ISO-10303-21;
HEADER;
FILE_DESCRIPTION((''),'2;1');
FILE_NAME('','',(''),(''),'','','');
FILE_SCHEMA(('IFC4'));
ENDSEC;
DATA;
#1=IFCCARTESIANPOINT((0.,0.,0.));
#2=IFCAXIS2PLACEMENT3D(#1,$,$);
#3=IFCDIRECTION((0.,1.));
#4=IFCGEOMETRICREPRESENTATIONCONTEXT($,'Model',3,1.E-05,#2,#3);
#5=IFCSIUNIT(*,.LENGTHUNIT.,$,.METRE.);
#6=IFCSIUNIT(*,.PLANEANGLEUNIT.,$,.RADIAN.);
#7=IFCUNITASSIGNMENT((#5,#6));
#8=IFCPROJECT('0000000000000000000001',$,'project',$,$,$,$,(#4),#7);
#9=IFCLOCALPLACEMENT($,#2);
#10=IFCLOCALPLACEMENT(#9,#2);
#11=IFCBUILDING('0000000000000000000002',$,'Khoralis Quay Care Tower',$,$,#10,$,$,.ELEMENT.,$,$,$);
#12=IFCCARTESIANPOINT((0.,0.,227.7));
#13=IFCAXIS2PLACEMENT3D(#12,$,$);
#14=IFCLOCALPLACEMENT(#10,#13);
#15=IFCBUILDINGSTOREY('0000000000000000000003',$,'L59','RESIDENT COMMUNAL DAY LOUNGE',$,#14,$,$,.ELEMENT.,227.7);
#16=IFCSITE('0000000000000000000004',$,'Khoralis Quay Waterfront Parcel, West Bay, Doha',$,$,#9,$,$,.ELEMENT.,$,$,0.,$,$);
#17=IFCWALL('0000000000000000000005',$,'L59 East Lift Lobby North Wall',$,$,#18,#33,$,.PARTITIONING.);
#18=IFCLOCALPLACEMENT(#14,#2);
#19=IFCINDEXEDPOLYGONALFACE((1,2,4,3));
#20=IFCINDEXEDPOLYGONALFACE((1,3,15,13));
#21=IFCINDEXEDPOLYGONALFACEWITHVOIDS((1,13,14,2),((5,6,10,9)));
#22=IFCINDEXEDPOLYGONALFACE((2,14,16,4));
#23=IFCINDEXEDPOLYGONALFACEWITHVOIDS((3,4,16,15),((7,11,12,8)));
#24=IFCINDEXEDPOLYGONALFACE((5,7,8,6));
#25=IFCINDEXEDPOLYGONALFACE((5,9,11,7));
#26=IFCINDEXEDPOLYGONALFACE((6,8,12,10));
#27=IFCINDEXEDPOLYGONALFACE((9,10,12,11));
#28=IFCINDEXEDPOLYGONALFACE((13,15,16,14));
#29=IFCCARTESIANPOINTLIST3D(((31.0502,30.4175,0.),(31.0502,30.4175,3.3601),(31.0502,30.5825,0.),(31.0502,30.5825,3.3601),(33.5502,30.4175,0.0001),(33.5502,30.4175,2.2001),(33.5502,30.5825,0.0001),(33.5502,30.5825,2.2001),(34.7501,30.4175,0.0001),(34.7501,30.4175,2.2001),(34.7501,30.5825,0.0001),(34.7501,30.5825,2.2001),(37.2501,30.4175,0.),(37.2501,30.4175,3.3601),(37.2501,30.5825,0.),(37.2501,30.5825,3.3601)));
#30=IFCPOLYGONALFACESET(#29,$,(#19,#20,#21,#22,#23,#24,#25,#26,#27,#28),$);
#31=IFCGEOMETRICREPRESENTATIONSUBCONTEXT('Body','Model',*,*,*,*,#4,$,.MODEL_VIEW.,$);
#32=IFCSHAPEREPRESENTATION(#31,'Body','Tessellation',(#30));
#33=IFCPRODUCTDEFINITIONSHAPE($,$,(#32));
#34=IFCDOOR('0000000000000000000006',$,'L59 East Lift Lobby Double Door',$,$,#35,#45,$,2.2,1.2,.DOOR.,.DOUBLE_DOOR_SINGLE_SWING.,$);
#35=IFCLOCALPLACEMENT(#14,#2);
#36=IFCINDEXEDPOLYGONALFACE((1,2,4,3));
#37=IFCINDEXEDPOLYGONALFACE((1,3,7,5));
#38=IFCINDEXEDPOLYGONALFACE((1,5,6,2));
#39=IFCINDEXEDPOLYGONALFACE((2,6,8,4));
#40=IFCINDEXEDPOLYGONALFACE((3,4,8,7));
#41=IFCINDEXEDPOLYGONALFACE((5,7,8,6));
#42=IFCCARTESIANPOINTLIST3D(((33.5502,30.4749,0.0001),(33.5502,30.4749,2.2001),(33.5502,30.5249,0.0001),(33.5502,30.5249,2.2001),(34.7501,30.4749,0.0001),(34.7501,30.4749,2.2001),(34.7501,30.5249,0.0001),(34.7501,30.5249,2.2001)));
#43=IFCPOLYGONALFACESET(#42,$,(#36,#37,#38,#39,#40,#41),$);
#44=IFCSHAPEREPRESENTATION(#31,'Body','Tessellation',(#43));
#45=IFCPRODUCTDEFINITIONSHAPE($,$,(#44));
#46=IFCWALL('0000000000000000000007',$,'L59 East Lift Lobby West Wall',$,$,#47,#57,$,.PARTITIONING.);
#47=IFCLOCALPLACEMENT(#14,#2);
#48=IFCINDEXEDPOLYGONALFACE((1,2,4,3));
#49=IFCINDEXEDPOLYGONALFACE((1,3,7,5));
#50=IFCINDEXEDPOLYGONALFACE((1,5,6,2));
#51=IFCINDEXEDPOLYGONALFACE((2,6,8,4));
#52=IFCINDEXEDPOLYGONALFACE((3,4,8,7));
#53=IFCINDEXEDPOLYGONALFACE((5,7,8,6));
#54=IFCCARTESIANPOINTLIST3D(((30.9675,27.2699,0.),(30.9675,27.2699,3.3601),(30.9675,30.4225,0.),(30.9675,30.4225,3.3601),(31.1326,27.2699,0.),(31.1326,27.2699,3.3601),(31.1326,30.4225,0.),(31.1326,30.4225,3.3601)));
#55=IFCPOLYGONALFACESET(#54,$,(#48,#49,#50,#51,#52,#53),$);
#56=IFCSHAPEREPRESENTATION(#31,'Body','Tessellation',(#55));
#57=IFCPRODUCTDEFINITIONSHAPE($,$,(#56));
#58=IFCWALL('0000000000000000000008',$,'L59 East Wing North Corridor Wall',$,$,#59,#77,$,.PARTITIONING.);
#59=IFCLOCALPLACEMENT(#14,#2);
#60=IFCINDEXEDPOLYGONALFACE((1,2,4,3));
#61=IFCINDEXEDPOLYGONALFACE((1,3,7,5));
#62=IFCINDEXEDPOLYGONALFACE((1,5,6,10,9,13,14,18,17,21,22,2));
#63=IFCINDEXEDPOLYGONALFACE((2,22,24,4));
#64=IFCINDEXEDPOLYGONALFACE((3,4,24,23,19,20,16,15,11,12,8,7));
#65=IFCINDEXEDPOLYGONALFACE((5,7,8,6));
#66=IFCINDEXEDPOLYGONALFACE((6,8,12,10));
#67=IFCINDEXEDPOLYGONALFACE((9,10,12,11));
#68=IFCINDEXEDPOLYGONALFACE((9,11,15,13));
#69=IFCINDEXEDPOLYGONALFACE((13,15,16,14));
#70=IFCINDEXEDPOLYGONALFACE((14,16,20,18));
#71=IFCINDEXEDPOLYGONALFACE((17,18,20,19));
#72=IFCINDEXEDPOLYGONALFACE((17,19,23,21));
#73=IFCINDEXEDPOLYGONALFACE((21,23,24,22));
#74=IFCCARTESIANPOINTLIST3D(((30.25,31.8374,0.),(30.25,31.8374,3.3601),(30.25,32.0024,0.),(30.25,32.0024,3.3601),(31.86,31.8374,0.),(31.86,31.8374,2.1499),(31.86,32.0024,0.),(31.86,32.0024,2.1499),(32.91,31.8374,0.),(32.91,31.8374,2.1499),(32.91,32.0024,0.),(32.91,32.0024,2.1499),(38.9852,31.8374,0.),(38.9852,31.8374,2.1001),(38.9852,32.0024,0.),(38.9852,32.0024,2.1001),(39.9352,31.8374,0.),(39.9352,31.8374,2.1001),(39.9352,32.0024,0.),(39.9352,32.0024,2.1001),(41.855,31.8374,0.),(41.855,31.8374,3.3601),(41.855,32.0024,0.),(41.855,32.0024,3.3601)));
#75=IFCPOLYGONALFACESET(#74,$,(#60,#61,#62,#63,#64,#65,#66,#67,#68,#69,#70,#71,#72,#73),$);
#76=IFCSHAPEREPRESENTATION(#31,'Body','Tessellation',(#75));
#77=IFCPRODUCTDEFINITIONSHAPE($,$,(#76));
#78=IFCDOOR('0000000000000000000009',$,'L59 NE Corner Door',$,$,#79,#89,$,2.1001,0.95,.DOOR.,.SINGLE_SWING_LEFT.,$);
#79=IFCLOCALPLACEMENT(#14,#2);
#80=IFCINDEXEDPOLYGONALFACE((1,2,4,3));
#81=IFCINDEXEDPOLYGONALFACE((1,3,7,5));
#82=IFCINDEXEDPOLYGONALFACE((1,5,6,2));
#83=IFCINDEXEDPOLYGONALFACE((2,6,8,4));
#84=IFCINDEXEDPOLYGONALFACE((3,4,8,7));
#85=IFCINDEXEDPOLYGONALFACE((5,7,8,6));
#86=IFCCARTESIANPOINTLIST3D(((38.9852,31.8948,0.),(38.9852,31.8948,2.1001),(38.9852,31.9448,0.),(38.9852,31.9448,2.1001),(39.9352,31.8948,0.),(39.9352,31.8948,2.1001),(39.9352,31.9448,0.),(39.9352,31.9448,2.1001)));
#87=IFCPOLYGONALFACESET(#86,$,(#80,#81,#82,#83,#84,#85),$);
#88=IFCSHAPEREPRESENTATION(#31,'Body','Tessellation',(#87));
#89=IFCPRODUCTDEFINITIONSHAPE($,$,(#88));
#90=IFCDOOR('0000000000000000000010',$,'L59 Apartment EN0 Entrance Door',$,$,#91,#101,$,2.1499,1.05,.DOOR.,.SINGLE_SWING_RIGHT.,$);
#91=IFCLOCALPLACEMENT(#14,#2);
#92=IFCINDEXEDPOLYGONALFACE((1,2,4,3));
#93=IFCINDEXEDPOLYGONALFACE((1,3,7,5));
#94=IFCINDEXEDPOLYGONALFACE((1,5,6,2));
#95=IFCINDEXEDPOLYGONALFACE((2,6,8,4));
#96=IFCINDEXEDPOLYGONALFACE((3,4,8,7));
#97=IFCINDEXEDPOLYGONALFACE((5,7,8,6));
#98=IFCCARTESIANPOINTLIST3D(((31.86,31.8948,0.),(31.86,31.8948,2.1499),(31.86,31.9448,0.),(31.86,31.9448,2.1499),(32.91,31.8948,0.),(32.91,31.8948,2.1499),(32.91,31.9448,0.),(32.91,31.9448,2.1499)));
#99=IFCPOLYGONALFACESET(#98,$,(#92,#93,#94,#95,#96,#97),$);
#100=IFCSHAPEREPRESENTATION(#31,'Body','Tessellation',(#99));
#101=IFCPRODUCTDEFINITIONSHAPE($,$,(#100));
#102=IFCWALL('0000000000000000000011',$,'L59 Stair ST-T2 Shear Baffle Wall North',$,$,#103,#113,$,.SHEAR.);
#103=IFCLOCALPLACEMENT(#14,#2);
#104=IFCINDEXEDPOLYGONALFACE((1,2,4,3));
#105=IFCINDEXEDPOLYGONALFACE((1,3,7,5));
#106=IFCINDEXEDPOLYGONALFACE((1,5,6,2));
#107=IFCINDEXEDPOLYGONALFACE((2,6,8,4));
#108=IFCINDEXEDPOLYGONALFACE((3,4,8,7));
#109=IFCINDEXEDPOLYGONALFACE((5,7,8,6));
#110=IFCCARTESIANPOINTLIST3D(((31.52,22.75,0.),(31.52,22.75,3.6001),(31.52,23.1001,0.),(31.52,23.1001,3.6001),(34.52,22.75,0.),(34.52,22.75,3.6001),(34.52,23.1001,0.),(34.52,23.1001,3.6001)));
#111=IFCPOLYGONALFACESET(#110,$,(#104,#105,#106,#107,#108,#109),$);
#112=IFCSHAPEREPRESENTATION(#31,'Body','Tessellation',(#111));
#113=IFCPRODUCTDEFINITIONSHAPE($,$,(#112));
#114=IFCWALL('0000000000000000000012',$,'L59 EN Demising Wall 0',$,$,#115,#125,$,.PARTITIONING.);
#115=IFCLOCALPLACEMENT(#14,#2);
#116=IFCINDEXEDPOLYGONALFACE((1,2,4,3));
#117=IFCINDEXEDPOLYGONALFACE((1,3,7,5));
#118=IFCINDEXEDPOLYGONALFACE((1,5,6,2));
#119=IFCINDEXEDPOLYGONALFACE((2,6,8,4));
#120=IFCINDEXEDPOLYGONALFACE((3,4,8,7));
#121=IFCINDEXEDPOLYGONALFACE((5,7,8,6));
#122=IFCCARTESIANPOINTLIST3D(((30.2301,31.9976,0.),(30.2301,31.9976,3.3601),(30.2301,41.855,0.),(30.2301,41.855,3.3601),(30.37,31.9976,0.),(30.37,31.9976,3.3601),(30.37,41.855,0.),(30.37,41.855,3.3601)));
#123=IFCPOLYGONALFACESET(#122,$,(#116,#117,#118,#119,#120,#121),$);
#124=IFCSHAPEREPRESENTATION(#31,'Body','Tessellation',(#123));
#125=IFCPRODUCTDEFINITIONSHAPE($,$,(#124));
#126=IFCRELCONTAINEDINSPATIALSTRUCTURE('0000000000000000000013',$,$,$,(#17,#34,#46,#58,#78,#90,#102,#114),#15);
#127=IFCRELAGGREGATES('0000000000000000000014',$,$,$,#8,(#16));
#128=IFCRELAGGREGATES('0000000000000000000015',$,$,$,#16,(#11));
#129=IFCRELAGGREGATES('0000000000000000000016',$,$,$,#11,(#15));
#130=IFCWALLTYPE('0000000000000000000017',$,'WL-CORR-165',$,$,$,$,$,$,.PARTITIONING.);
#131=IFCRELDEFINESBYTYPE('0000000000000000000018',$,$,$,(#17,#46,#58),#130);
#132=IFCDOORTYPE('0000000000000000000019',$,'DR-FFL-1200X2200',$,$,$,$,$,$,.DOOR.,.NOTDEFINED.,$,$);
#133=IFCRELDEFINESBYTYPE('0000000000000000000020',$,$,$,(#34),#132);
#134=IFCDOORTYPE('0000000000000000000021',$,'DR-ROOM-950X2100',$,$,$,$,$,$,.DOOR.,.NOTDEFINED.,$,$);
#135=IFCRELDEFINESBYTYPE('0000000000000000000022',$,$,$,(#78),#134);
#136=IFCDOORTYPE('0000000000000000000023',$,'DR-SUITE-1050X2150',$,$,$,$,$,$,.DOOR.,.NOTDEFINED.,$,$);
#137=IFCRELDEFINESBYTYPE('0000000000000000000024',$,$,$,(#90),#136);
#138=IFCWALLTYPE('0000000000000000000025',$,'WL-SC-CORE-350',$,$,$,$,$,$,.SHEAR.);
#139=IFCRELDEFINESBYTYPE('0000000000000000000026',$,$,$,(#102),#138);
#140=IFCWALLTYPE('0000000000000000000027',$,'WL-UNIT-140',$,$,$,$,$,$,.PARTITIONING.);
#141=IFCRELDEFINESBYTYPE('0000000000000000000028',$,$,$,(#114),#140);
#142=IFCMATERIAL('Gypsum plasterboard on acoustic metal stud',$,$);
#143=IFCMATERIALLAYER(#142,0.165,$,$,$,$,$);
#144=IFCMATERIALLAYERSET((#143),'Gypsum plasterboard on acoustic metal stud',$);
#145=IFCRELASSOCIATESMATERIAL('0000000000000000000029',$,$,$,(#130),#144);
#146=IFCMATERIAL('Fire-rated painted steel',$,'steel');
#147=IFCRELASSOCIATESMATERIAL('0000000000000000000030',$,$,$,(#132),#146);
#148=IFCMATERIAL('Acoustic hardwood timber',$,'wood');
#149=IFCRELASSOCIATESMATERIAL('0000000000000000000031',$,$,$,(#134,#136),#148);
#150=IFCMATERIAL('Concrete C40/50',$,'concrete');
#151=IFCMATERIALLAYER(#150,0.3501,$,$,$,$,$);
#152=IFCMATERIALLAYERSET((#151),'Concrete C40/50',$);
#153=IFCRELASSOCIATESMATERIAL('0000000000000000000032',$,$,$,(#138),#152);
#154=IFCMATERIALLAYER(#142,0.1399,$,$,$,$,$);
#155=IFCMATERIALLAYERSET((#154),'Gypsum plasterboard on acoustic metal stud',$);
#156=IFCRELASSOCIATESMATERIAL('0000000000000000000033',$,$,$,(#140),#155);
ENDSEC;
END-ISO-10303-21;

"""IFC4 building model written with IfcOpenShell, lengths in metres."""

from ifc_helpers import new_model, si_unit, direction, frame, frame_2d, origin, place, context, subcontext, project, spatial, rectangle, extrude, source, transform, mapped, material, layer, layer_set, type_object, element, fill, save


model = new_model("IFC4")

# Units and contexts
model_context = context("Model", 3, precision=1e-05, world=origin(), true_north=direction((0.0, 1.0)))
body_context = subcontext(model_context, "Body", "Model", "MODEL_VIEW")
ifc_project = project(units=[si_unit("LENGTHUNIT", "METRE"), si_unit("PLANEANGLEUNIT", "RADIAN")], contexts=[model_context])

# Site, building, storey
site_placement = place(None, origin())
site = spatial("IfcSite", under=ifc_project, at=site_placement, Name="Khoralis Quay Waterfront Parcel, West Bay, Doha", CompositionType="ELEMENT", RefElevation=0.0)
building_placement = place(site_placement, origin())
building = spatial("IfcBuilding", under=site, at=building_placement, Name="Khoralis Quay Care Tower", CompositionType="ELEMENT")
storey_placement = place(building_placement, frame((0.0, 0.0, 227.7)))
storey = spatial("IfcBuildingStorey", under=building, at=storey_placement, Name="L59", Description="RESIDENT COMMUNAL DAY LOUNGE", CompositionType="ELEMENT", Elevation=227.7)

# Wall, opening, door
ifc_material_1 = material(Name="Gypsum plasterboard on acoustic metal stud")
ifc_layer_1 = layer(ifc_material_1, 0.165)
ifc_layer_set_1 = layer_set([ifc_layer_1], Name="Gypsum plasterboard on acoustic metal stud")
wall_type_1 = type_object("IfcWallType", Name="WL-CORR-165", PredefinedType="PARTITIONING", material=ifc_layer_set_1)
wall_1_placement = place(storey_placement, frame((31.05, 30.5, 0.0), z_axis=(0.0, 0.0, 1.0), x_axis=(1.0, 0.0, 0.0)))
wall_1 = element("IfcWall", 1, at=wall_1_placement, inside=storey, type_object=wall_type_1, Name="L59 East Lift Lobby North Wall", PredefinedType="PARTITIONING", context=body_context, shape_type="SweptSolid", body=[
    extrude(rectangle(XDim=6.2, YDim=0.165, at=frame_2d((3.1001, 0.0))), origin(), (0.0, 0.0, 1.0), 3.3601),
])
opening_1_placement = place(wall_1_placement, frame((2.5, 0.0, 0.0)))
opening_1 = element("IfcOpeningElement", 2, at=opening_1_placement, cuts=wall_1, PredefinedType="OPENING", context=body_context, shape_type="SweptSolid", body=[
    extrude(rectangle(XDim=1.2, YDim=2.2, at=frame_2d((0.6001, 1.1001))), frame((0.0, 0.0925, 0.0), z_axis=(0.0, -1.0, 0.0), x_axis=(1.0, 0.0, 0.0)), (0.0, 0.0, 1.0), 0.1851),
])
ifc_material_2 = material(Name="Fire-rated painted steel", Category="steel")
door_type_1 = type_object("IfcDoorType", Name="DR-FFL-1200X2200", OperationType="NOTDEFINED", PredefinedType="DOOR", material=ifc_material_2)
shared_shape_1 = source(origin(), body_context, "Body", "SweptSolid", [
    extrude(rectangle(XDim=1.2, YDim=2.2, at=frame_2d((0.6001, 1.1001))), frame((0.0, 0.0249, 0.0), z_axis=(0.0, -1.0, 0.0), x_axis=(1.0, 0.0, 0.0)), (0.0, 0.0, 1.0), 0.05),
])
door_1_placement = place(opening_1_placement, origin())
door_1 = element("IfcDoor", 3, at=door_1_placement, inside=storey, type_object=door_type_1, Name="L59 East Lift Lobby Double Door", OperationType="DOUBLE_DOOR_SINGLE_SWING", OverallHeight=2.2, OverallWidth=1.2, PredefinedType="DOOR", context=body_context, shape_type="MappedRepresentation", body=[
    mapped(shared_shape_1, transform((0.0, 0.0, 0.0), scale=1.0)),
])
fill(opening_1, door_1)

# Wall
wall_2_placement = place(storey_placement, frame((31.05, 27.27, 0.0), z_axis=(0.0, 0.0, 1.0), x_axis=(0.0, 1.0, 0.0)))
element("IfcWall", 4, at=wall_2_placement, inside=storey, type_object=wall_type_1, Name="L59 East Lift Lobby West Wall", PredefinedType="PARTITIONING", context=body_context, shape_type="SweptSolid", body=[
    extrude(rectangle(XDim=3.1526, YDim=0.165, at=frame_2d((1.5762, 0.0))), origin(), (0.0, 0.0, 1.0), 3.3601),
])

# Wall, openings, doors
wall_3_placement = place(storey_placement, frame((30.25, 31.9199, 0.0), z_axis=(0.0, 0.0, 1.0), x_axis=(1.0, 0.0, 0.0)))
wall_3 = element("IfcWall", 5, at=wall_3_placement, inside=storey, type_object=wall_type_1, Name="L59 East Wing North Corridor Wall", PredefinedType="PARTITIONING", context=body_context, shape_type="SweptSolid", body=[
    extrude(rectangle(XDim=11.605, YDim=0.165, at=frame_2d((5.8025, 0.0))), origin(), (0.0, 0.0, 1.0), 3.3601),
])
opening_2_placement = place(wall_3_placement, frame((1.6101, 0.0, 0.0)))
opening_2 = element("IfcOpeningElement", 6, at=opening_2_placement, cuts=wall_3, PredefinedType="OPENING", context=body_context, shape_type="SweptSolid", body=[
    extrude(rectangle(XDim=1.05, YDim=2.1499, at=frame_2d((0.5249, 1.075))), frame((0.0, 0.0925, 0.0), z_axis=(0.0, -1.0, 0.0), x_axis=(1.0, 0.0, 0.0)), (0.0, 0.0, 1.0), 0.1851),
])
opening_3_placement = place(wall_3_placement, frame((8.7351, 0.0, 0.0)))
opening_3 = element("IfcOpeningElement", 7, at=opening_3_placement, cuts=wall_3, PredefinedType="OPENING", context=body_context, shape_type="SweptSolid", body=[
    extrude(rectangle(XDim=0.95, YDim=2.1001, at=frame_2d((0.4751, 1.05))), frame((0.0, 0.0925, 0.0), z_axis=(0.0, -1.0, 0.0), x_axis=(1.0, 0.0, 0.0)), (0.0, 0.0, 1.0), 0.1851),
])
ifc_material_3 = material(Name="Acoustic hardwood timber", Category="wood")
door_type_2 = type_object("IfcDoorType", Name="DR-ROOM-950X2100", OperationType="NOTDEFINED", PredefinedType="DOOR", material=ifc_material_3)
shared_shape_2 = source(origin(), body_context, "Body", "SweptSolid", [
    extrude(rectangle(XDim=0.95, YDim=2.1001, at=frame_2d((0.4751, 1.05))), frame((0.0, 0.0249, 0.0), z_axis=(0.0, -1.0, 0.0), x_axis=(1.0, 0.0, 0.0)), (0.0, 0.0, 1.0), 0.05),
])
door_2_placement = place(opening_3_placement, origin())
door_2 = element("IfcDoor", 8, at=door_2_placement, inside=storey, type_object=door_type_2, Name="L59 NE Corner Door", OperationType="SINGLE_SWING_LEFT", OverallHeight=2.1001, OverallWidth=0.95, PredefinedType="DOOR", context=body_context, shape_type="MappedRepresentation", body=[
    mapped(shared_shape_2, transform((0.0, 0.0, 0.0), scale=1.0)),
])
fill(opening_3, door_2)
door_type_3 = type_object("IfcDoorType", Name="DR-SUITE-1050X2150", OperationType="NOTDEFINED", PredefinedType="DOOR", material=ifc_material_3)
shared_shape_3 = source(origin(), body_context, "Body", "SweptSolid", [
    extrude(rectangle(XDim=1.05, YDim=2.1499, at=frame_2d((0.5249, 1.075))), frame((0.0, 0.0249, 0.0), z_axis=(0.0, -1.0, 0.0), x_axis=(1.0, 0.0, 0.0)), (0.0, 0.0, 1.0), 0.05),
])
door_3_placement = place(opening_2_placement, origin())
door_3 = element("IfcDoor", 9, at=door_3_placement, inside=storey, type_object=door_type_3, Name="L59 Apartment EN0 Entrance Door", OperationType="SINGLE_SWING_RIGHT", OverallHeight=2.1499, OverallWidth=1.05, PredefinedType="DOOR", context=body_context, shape_type="MappedRepresentation", body=[
    mapped(shared_shape_3, transform((0.0, 0.0, 0.0), scale=1.0)),
])
fill(opening_2, door_3)

# Walls
ifc_material_4 = material(Name="Concrete C40/50", Category="concrete")
ifc_layer_2 = layer(ifc_material_4, 0.3501)
ifc_layer_set_2 = layer_set([ifc_layer_2], Name="Concrete C40/50")
wall_type_2 = type_object("IfcWallType", Name="WL-SC-CORE-350", PredefinedType="SHEAR", material=ifc_layer_set_2)
wall_4_placement = place(storey_placement, frame((31.52, 22.925, 0.0), z_axis=(0.0, 0.0, 1.0), x_axis=(1.0, 0.0, 0.0)))
element("IfcWall", 10, at=wall_4_placement, inside=storey, type_object=wall_type_2, Name="L59 Stair ST-T2 Shear Baffle Wall North", PredefinedType="SHEAR", context=body_context, shape_type="SweptSolid", body=[
    extrude(rectangle(XDim=3.0, YDim=0.3501, at=frame_2d((1.5, 0.0))), origin(), (0.0, 0.0, 1.0), 3.6001),
])
ifc_layer_3 = layer(ifc_material_1, 0.1399)
ifc_layer_set_3 = layer_set([ifc_layer_3], Name="Gypsum plasterboard on acoustic metal stud")
wall_type_3 = type_object("IfcWallType", Name="WL-UNIT-140", PredefinedType="PARTITIONING", material=ifc_layer_set_3)
wall_5_placement = place(storey_placement, frame((30.3, 31.9976, 0.0), z_axis=(0.0, 0.0, 1.0), x_axis=(0.0, 1.0, 0.0)))
element("IfcWall", 11, at=wall_5_placement, inside=storey, type_object=wall_type_3, Name="L59 EN Demising Wall 0", PredefinedType="PARTITIONING", context=body_context, shape_type="SweptSolid", body=[
    extrude(rectangle(XDim=9.8574, YDim=0.1399, at=frame_2d((4.9287, 0.0))), origin(), (0.0, 0.0, 1.0), 3.3601),
])

save(model, "model.ifc")
